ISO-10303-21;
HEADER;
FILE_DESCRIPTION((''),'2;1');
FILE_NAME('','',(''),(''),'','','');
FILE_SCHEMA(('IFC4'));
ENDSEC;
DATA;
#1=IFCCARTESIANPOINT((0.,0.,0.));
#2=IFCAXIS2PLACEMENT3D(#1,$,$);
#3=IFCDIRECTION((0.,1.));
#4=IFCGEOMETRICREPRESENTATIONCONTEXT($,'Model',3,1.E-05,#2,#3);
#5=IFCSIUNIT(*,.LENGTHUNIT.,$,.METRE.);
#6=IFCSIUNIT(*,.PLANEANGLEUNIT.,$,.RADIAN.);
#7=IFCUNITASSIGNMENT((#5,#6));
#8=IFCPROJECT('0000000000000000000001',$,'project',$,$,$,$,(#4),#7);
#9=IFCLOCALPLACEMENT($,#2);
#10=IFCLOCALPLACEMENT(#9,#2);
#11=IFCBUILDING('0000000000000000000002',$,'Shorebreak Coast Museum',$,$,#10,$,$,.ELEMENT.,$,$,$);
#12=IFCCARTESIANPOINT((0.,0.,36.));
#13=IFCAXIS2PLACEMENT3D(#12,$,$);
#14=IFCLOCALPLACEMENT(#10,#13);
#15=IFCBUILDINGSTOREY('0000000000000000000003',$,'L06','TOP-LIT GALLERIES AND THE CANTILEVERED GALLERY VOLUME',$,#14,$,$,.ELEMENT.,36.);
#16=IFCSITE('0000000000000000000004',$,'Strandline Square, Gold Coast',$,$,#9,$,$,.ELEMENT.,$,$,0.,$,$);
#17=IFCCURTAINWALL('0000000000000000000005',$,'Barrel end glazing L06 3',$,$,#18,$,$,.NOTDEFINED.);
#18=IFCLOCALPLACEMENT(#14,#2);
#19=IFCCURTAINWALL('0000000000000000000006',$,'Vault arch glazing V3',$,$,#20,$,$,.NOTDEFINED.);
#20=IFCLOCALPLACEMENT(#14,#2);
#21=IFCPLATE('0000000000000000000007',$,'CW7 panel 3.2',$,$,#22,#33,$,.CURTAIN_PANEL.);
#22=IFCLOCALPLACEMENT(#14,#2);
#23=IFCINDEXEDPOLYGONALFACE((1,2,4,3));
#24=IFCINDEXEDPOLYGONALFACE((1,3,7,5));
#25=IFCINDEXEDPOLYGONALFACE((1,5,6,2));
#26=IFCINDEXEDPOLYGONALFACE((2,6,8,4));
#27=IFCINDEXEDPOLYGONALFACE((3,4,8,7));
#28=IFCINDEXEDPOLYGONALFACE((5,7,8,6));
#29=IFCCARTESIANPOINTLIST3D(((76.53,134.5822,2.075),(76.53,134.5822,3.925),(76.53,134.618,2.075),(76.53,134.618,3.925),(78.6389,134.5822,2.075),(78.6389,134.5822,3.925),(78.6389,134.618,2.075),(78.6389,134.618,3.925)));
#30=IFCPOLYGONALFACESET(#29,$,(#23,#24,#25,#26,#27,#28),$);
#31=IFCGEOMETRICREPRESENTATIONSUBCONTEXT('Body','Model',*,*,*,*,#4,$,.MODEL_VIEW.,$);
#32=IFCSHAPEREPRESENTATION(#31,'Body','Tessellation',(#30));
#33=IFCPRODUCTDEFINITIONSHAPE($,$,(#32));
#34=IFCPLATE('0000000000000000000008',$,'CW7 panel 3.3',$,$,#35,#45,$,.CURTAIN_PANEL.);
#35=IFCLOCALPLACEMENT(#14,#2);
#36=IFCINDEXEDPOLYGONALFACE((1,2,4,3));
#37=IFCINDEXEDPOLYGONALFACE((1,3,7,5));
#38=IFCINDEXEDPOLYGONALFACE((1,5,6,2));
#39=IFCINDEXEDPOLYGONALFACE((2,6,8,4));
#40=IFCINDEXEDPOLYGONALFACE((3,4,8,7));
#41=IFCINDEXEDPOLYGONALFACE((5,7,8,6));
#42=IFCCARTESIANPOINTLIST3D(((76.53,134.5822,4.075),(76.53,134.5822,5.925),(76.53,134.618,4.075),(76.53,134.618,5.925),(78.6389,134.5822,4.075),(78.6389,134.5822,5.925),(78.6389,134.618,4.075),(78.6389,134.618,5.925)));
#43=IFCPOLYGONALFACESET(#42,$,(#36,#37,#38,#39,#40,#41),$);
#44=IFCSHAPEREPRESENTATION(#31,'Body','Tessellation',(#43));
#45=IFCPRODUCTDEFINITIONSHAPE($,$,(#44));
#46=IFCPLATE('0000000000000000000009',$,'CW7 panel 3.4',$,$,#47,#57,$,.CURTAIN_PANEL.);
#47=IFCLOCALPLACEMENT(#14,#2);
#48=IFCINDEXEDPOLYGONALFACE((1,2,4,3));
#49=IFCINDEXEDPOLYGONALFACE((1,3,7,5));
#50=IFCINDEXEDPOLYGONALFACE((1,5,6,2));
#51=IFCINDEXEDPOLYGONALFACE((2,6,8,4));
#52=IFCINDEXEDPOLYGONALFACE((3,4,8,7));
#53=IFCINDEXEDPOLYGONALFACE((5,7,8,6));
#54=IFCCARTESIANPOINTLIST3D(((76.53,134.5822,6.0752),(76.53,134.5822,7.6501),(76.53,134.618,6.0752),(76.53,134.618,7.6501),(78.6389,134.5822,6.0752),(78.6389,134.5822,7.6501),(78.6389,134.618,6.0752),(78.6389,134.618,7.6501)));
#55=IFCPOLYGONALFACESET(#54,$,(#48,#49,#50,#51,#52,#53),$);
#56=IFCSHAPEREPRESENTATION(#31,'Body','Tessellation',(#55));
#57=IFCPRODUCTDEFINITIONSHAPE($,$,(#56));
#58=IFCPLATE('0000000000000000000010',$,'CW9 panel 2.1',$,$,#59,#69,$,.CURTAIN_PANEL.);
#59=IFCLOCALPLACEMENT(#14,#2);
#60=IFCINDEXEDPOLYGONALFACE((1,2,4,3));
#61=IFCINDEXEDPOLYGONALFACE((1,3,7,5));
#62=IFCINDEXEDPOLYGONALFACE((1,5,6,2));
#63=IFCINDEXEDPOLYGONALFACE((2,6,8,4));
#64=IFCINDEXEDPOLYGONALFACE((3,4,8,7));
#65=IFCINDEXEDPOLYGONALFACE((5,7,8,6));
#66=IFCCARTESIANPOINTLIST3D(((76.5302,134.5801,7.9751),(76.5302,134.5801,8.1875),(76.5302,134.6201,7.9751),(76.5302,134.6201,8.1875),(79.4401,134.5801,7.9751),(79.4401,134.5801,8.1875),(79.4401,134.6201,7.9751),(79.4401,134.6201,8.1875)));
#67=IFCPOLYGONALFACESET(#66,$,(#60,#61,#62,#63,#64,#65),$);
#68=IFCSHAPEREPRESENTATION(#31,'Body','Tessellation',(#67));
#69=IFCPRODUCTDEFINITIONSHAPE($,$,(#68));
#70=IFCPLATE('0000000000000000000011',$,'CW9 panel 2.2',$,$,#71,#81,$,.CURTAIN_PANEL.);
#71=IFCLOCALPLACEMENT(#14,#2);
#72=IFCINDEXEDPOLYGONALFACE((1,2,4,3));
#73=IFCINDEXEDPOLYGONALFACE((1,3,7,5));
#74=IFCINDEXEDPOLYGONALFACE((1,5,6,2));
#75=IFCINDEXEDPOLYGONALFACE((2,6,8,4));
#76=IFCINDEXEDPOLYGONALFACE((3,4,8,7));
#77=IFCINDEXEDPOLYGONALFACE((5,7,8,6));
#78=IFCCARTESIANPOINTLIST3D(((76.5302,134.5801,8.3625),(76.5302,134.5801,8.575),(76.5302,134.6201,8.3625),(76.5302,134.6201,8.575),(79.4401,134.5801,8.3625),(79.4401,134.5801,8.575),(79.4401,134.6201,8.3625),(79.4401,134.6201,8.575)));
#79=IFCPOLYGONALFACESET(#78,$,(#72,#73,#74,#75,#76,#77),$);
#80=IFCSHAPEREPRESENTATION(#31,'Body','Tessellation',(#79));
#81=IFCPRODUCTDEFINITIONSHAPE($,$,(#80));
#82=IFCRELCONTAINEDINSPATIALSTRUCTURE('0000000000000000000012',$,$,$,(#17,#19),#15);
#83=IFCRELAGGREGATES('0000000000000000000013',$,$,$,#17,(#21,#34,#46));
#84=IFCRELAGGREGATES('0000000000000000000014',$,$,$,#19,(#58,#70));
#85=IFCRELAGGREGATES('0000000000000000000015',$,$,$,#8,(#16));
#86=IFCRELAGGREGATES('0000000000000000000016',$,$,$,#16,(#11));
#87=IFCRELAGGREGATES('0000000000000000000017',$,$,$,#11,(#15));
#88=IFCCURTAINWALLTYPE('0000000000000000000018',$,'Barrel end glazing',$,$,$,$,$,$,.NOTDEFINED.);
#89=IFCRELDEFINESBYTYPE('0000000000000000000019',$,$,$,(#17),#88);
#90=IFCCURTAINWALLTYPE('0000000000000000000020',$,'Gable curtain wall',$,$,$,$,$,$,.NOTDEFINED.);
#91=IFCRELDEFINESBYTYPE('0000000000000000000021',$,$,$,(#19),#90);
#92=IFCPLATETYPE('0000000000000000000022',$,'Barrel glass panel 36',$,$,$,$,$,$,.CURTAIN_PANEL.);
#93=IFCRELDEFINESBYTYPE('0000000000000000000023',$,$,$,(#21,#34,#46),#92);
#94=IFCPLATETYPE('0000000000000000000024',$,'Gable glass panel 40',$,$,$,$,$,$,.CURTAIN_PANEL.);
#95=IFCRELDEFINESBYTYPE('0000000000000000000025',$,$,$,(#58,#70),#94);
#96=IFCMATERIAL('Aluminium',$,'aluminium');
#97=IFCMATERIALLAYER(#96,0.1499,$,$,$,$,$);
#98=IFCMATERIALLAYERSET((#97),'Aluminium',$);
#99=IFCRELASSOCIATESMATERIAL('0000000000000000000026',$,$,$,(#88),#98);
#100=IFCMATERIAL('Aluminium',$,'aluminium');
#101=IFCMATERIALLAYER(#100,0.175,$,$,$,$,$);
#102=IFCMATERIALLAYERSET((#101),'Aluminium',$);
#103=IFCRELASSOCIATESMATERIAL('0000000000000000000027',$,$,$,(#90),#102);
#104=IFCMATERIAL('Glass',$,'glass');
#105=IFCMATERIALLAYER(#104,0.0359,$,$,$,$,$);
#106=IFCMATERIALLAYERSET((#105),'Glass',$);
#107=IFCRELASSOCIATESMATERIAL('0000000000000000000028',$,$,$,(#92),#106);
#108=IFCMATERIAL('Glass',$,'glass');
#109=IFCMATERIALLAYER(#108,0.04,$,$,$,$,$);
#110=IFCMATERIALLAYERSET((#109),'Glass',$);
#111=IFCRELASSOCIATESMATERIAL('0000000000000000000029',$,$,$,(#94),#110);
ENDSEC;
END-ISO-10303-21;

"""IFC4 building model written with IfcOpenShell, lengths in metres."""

from ifc_helpers import new_model, si_unit, direction, frame, origin, origin_2d, place, context, subcontext, project, spatial, rectangle, extrude, material, layer, layer_set, type_object, element, aggregate, save


model = new_model("IFC4")

# Units and contexts
model_context = context("Model", 3, precision=1e-05, world=origin(), true_north=direction((0.0, 1.0)))
body_context = subcontext(model_context, "Body", "Model", "MODEL_VIEW")
ifc_project = project(units=[si_unit("LENGTHUNIT", "METRE"), si_unit("PLANEANGLEUNIT", "RADIAN")], contexts=[model_context])

# Site, building, storey
site_placement = place(None, origin())
site = spatial("IfcSite", under=ifc_project, at=site_placement, Name="Strandline Square, Gold Coast", CompositionType="ELEMENT", RefElevation=0.0)
building_placement = place(site_placement, origin())
building = spatial("IfcBuilding", under=site, at=building_placement, Name="Shorebreak Coast Museum", CompositionType="ELEMENT")
storey_placement = place(building_placement, frame((0.0, 0.0, 36.0)))
storey = spatial("IfcBuildingStorey", under=building, at=storey_placement, Name="L06", Description="TOP-LIT GALLERIES AND THE CANTILEVERED GALLERY VOLUME", CompositionType="ELEMENT", Elevation=36.0)

# Curtain wall
ifc_material_1 = material(Name="Aluminium", Category="aluminium")
ifc_layer_1 = layer(ifc_material_1, 0.1499)
ifc_layer_set_1 = layer_set([ifc_layer_1], Name="Aluminium")
curtain_wall_type_1 = type_object("IfcCurtainWallType", Name="Barrel end glazing", PredefinedType="NOTDEFINED", material=ifc_layer_set_1)
curtain_wall_1_placement = place(storey_placement, origin())
curtain_wall_1 = element("IfcCurtainWall", 1, at=curtain_wall_1_placement, inside=storey, type_object=curtain_wall_type_1, Name="Barrel end glazing L06 3", PredefinedType="NOTDEFINED")

# Curtain wall
ifc_material_2 = material(Name="Aluminium", Category="aluminium")
ifc_layer_2 = layer(ifc_material_2, 0.175)
ifc_layer_set_2 = layer_set([ifc_layer_2], Name="Aluminium")
curtain_wall_type_2 = type_object("IfcCurtainWallType", Name="Gable curtain wall", PredefinedType="NOTDEFINED", material=ifc_layer_set_2)
curtain_wall_2_placement = place(storey_placement, origin())
curtain_wall_2 = element("IfcCurtainWall", 2, at=curtain_wall_2_placement, inside=storey, type_object=curtain_wall_type_2, Name="Vault arch glazing V3", PredefinedType="NOTDEFINED")

# Plates
ifc_material_3 = material(Name="Glass", Category="glass")
ifc_layer_3 = layer(ifc_material_3, 0.0359)
ifc_layer_set_3 = layer_set([ifc_layer_3], Name="Glass")
plate_type_1 = type_object("IfcPlateType", Name="Barrel glass panel 36", PredefinedType="CURTAIN_PANEL", material=ifc_layer_set_3)
plate_1_placement = place(storey_placement, frame((77.5845, 134.6001, 2.075), z_axis=(0.0, 0.0, 1.0), x_axis=(1.0, 0.0, 0.0)))
plate_1 = element("IfcPlate", 3, at=plate_1_placement, type_object=plate_type_1, Name="CW7 panel 3.2", PredefinedType="CURTAIN_PANEL", context=body_context, shape_type="SweptSolid", body=[
    extrude(rectangle(XDim=2.1089, YDim=0.0359, at=origin_2d()), origin(), (0.0, 0.0, 1.0), 1.8501),
])
plate_2_placement = place(storey_placement, frame((77.5845, 134.6001, 4.075), z_axis=(0.0, 0.0, 1.0), x_axis=(1.0, 0.0, 0.0)))
plate_2 = element("IfcPlate", 4, at=plate_2_placement, type_object=plate_type_1, Name="CW7 panel 3.3", PredefinedType="CURTAIN_PANEL", context=body_context, shape_type="SweptSolid", body=[
    extrude(rectangle(XDim=2.1089, YDim=0.0359, at=origin_2d()), origin(), (0.0, 0.0, 1.0), 1.8501),
])
plate_3_placement = place(storey_placement, frame((77.5845, 134.6001, 6.0752), z_axis=(0.0, 0.0, 1.0), x_axis=(1.0, 0.0, 0.0)))
plate_3 = element("IfcPlate", 5, at=plate_3_placement, type_object=plate_type_1, Name="CW7 panel 3.4", PredefinedType="CURTAIN_PANEL", context=body_context, shape_type="SweptSolid", body=[
    extrude(rectangle(XDim=2.1089, YDim=0.0359, at=origin_2d()), origin(), (0.0, 0.0, 1.0), 1.575),
])
aggregate(curtain_wall_1, [plate_1, plate_2, plate_3])
ifc_material_4 = material(Name="Glass", Category="glass")
ifc_layer_4 = layer(ifc_material_4, 0.04)
ifc_layer_set_4 = layer_set([ifc_layer_4], Name="Glass")
plate_type_2 = type_object("IfcPlateType", Name="Gable glass panel 40", PredefinedType="CURTAIN_PANEL", material=ifc_layer_set_4)
plate_4_placement = place(storey_placement, frame((77.9851, 134.6001, 7.9751), z_axis=(0.0, 0.0, 1.0), x_axis=(1.0, 0.0, 0.0)))
plate_4 = element("IfcPlate", 6, at=plate_4_placement, type_object=plate_type_2, Name="CW9 panel 2.1", PredefinedType="CURTAIN_PANEL", context=body_context, shape_type="SweptSolid", body=[
    extrude(rectangle(XDim=2.9099, YDim=0.04, at=origin_2d()), origin(), (0.0, 0.0, 1.0), 0.2124),
])
plate_5_placement = place(storey_placement, frame((77.9851, 134.6001, 8.3625), z_axis=(0.0, 0.0, 1.0), x_axis=(1.0, 0.0, 0.0)))
plate_5 = element("IfcPlate", 7, at=plate_5_placement, type_object=plate_type_2, Name="CW9 panel 2.2", PredefinedType="CURTAIN_PANEL", context=body_context, shape_type="SweptSolid", body=[
    extrude(rectangle(XDim=2.9099, YDim=0.04, at=origin_2d()), origin(), (0.0, 0.0, 1.0), 0.2124),
])
aggregate(curtain_wall_2, [plate_4, plate_5])

save(model, "model.ifc")
